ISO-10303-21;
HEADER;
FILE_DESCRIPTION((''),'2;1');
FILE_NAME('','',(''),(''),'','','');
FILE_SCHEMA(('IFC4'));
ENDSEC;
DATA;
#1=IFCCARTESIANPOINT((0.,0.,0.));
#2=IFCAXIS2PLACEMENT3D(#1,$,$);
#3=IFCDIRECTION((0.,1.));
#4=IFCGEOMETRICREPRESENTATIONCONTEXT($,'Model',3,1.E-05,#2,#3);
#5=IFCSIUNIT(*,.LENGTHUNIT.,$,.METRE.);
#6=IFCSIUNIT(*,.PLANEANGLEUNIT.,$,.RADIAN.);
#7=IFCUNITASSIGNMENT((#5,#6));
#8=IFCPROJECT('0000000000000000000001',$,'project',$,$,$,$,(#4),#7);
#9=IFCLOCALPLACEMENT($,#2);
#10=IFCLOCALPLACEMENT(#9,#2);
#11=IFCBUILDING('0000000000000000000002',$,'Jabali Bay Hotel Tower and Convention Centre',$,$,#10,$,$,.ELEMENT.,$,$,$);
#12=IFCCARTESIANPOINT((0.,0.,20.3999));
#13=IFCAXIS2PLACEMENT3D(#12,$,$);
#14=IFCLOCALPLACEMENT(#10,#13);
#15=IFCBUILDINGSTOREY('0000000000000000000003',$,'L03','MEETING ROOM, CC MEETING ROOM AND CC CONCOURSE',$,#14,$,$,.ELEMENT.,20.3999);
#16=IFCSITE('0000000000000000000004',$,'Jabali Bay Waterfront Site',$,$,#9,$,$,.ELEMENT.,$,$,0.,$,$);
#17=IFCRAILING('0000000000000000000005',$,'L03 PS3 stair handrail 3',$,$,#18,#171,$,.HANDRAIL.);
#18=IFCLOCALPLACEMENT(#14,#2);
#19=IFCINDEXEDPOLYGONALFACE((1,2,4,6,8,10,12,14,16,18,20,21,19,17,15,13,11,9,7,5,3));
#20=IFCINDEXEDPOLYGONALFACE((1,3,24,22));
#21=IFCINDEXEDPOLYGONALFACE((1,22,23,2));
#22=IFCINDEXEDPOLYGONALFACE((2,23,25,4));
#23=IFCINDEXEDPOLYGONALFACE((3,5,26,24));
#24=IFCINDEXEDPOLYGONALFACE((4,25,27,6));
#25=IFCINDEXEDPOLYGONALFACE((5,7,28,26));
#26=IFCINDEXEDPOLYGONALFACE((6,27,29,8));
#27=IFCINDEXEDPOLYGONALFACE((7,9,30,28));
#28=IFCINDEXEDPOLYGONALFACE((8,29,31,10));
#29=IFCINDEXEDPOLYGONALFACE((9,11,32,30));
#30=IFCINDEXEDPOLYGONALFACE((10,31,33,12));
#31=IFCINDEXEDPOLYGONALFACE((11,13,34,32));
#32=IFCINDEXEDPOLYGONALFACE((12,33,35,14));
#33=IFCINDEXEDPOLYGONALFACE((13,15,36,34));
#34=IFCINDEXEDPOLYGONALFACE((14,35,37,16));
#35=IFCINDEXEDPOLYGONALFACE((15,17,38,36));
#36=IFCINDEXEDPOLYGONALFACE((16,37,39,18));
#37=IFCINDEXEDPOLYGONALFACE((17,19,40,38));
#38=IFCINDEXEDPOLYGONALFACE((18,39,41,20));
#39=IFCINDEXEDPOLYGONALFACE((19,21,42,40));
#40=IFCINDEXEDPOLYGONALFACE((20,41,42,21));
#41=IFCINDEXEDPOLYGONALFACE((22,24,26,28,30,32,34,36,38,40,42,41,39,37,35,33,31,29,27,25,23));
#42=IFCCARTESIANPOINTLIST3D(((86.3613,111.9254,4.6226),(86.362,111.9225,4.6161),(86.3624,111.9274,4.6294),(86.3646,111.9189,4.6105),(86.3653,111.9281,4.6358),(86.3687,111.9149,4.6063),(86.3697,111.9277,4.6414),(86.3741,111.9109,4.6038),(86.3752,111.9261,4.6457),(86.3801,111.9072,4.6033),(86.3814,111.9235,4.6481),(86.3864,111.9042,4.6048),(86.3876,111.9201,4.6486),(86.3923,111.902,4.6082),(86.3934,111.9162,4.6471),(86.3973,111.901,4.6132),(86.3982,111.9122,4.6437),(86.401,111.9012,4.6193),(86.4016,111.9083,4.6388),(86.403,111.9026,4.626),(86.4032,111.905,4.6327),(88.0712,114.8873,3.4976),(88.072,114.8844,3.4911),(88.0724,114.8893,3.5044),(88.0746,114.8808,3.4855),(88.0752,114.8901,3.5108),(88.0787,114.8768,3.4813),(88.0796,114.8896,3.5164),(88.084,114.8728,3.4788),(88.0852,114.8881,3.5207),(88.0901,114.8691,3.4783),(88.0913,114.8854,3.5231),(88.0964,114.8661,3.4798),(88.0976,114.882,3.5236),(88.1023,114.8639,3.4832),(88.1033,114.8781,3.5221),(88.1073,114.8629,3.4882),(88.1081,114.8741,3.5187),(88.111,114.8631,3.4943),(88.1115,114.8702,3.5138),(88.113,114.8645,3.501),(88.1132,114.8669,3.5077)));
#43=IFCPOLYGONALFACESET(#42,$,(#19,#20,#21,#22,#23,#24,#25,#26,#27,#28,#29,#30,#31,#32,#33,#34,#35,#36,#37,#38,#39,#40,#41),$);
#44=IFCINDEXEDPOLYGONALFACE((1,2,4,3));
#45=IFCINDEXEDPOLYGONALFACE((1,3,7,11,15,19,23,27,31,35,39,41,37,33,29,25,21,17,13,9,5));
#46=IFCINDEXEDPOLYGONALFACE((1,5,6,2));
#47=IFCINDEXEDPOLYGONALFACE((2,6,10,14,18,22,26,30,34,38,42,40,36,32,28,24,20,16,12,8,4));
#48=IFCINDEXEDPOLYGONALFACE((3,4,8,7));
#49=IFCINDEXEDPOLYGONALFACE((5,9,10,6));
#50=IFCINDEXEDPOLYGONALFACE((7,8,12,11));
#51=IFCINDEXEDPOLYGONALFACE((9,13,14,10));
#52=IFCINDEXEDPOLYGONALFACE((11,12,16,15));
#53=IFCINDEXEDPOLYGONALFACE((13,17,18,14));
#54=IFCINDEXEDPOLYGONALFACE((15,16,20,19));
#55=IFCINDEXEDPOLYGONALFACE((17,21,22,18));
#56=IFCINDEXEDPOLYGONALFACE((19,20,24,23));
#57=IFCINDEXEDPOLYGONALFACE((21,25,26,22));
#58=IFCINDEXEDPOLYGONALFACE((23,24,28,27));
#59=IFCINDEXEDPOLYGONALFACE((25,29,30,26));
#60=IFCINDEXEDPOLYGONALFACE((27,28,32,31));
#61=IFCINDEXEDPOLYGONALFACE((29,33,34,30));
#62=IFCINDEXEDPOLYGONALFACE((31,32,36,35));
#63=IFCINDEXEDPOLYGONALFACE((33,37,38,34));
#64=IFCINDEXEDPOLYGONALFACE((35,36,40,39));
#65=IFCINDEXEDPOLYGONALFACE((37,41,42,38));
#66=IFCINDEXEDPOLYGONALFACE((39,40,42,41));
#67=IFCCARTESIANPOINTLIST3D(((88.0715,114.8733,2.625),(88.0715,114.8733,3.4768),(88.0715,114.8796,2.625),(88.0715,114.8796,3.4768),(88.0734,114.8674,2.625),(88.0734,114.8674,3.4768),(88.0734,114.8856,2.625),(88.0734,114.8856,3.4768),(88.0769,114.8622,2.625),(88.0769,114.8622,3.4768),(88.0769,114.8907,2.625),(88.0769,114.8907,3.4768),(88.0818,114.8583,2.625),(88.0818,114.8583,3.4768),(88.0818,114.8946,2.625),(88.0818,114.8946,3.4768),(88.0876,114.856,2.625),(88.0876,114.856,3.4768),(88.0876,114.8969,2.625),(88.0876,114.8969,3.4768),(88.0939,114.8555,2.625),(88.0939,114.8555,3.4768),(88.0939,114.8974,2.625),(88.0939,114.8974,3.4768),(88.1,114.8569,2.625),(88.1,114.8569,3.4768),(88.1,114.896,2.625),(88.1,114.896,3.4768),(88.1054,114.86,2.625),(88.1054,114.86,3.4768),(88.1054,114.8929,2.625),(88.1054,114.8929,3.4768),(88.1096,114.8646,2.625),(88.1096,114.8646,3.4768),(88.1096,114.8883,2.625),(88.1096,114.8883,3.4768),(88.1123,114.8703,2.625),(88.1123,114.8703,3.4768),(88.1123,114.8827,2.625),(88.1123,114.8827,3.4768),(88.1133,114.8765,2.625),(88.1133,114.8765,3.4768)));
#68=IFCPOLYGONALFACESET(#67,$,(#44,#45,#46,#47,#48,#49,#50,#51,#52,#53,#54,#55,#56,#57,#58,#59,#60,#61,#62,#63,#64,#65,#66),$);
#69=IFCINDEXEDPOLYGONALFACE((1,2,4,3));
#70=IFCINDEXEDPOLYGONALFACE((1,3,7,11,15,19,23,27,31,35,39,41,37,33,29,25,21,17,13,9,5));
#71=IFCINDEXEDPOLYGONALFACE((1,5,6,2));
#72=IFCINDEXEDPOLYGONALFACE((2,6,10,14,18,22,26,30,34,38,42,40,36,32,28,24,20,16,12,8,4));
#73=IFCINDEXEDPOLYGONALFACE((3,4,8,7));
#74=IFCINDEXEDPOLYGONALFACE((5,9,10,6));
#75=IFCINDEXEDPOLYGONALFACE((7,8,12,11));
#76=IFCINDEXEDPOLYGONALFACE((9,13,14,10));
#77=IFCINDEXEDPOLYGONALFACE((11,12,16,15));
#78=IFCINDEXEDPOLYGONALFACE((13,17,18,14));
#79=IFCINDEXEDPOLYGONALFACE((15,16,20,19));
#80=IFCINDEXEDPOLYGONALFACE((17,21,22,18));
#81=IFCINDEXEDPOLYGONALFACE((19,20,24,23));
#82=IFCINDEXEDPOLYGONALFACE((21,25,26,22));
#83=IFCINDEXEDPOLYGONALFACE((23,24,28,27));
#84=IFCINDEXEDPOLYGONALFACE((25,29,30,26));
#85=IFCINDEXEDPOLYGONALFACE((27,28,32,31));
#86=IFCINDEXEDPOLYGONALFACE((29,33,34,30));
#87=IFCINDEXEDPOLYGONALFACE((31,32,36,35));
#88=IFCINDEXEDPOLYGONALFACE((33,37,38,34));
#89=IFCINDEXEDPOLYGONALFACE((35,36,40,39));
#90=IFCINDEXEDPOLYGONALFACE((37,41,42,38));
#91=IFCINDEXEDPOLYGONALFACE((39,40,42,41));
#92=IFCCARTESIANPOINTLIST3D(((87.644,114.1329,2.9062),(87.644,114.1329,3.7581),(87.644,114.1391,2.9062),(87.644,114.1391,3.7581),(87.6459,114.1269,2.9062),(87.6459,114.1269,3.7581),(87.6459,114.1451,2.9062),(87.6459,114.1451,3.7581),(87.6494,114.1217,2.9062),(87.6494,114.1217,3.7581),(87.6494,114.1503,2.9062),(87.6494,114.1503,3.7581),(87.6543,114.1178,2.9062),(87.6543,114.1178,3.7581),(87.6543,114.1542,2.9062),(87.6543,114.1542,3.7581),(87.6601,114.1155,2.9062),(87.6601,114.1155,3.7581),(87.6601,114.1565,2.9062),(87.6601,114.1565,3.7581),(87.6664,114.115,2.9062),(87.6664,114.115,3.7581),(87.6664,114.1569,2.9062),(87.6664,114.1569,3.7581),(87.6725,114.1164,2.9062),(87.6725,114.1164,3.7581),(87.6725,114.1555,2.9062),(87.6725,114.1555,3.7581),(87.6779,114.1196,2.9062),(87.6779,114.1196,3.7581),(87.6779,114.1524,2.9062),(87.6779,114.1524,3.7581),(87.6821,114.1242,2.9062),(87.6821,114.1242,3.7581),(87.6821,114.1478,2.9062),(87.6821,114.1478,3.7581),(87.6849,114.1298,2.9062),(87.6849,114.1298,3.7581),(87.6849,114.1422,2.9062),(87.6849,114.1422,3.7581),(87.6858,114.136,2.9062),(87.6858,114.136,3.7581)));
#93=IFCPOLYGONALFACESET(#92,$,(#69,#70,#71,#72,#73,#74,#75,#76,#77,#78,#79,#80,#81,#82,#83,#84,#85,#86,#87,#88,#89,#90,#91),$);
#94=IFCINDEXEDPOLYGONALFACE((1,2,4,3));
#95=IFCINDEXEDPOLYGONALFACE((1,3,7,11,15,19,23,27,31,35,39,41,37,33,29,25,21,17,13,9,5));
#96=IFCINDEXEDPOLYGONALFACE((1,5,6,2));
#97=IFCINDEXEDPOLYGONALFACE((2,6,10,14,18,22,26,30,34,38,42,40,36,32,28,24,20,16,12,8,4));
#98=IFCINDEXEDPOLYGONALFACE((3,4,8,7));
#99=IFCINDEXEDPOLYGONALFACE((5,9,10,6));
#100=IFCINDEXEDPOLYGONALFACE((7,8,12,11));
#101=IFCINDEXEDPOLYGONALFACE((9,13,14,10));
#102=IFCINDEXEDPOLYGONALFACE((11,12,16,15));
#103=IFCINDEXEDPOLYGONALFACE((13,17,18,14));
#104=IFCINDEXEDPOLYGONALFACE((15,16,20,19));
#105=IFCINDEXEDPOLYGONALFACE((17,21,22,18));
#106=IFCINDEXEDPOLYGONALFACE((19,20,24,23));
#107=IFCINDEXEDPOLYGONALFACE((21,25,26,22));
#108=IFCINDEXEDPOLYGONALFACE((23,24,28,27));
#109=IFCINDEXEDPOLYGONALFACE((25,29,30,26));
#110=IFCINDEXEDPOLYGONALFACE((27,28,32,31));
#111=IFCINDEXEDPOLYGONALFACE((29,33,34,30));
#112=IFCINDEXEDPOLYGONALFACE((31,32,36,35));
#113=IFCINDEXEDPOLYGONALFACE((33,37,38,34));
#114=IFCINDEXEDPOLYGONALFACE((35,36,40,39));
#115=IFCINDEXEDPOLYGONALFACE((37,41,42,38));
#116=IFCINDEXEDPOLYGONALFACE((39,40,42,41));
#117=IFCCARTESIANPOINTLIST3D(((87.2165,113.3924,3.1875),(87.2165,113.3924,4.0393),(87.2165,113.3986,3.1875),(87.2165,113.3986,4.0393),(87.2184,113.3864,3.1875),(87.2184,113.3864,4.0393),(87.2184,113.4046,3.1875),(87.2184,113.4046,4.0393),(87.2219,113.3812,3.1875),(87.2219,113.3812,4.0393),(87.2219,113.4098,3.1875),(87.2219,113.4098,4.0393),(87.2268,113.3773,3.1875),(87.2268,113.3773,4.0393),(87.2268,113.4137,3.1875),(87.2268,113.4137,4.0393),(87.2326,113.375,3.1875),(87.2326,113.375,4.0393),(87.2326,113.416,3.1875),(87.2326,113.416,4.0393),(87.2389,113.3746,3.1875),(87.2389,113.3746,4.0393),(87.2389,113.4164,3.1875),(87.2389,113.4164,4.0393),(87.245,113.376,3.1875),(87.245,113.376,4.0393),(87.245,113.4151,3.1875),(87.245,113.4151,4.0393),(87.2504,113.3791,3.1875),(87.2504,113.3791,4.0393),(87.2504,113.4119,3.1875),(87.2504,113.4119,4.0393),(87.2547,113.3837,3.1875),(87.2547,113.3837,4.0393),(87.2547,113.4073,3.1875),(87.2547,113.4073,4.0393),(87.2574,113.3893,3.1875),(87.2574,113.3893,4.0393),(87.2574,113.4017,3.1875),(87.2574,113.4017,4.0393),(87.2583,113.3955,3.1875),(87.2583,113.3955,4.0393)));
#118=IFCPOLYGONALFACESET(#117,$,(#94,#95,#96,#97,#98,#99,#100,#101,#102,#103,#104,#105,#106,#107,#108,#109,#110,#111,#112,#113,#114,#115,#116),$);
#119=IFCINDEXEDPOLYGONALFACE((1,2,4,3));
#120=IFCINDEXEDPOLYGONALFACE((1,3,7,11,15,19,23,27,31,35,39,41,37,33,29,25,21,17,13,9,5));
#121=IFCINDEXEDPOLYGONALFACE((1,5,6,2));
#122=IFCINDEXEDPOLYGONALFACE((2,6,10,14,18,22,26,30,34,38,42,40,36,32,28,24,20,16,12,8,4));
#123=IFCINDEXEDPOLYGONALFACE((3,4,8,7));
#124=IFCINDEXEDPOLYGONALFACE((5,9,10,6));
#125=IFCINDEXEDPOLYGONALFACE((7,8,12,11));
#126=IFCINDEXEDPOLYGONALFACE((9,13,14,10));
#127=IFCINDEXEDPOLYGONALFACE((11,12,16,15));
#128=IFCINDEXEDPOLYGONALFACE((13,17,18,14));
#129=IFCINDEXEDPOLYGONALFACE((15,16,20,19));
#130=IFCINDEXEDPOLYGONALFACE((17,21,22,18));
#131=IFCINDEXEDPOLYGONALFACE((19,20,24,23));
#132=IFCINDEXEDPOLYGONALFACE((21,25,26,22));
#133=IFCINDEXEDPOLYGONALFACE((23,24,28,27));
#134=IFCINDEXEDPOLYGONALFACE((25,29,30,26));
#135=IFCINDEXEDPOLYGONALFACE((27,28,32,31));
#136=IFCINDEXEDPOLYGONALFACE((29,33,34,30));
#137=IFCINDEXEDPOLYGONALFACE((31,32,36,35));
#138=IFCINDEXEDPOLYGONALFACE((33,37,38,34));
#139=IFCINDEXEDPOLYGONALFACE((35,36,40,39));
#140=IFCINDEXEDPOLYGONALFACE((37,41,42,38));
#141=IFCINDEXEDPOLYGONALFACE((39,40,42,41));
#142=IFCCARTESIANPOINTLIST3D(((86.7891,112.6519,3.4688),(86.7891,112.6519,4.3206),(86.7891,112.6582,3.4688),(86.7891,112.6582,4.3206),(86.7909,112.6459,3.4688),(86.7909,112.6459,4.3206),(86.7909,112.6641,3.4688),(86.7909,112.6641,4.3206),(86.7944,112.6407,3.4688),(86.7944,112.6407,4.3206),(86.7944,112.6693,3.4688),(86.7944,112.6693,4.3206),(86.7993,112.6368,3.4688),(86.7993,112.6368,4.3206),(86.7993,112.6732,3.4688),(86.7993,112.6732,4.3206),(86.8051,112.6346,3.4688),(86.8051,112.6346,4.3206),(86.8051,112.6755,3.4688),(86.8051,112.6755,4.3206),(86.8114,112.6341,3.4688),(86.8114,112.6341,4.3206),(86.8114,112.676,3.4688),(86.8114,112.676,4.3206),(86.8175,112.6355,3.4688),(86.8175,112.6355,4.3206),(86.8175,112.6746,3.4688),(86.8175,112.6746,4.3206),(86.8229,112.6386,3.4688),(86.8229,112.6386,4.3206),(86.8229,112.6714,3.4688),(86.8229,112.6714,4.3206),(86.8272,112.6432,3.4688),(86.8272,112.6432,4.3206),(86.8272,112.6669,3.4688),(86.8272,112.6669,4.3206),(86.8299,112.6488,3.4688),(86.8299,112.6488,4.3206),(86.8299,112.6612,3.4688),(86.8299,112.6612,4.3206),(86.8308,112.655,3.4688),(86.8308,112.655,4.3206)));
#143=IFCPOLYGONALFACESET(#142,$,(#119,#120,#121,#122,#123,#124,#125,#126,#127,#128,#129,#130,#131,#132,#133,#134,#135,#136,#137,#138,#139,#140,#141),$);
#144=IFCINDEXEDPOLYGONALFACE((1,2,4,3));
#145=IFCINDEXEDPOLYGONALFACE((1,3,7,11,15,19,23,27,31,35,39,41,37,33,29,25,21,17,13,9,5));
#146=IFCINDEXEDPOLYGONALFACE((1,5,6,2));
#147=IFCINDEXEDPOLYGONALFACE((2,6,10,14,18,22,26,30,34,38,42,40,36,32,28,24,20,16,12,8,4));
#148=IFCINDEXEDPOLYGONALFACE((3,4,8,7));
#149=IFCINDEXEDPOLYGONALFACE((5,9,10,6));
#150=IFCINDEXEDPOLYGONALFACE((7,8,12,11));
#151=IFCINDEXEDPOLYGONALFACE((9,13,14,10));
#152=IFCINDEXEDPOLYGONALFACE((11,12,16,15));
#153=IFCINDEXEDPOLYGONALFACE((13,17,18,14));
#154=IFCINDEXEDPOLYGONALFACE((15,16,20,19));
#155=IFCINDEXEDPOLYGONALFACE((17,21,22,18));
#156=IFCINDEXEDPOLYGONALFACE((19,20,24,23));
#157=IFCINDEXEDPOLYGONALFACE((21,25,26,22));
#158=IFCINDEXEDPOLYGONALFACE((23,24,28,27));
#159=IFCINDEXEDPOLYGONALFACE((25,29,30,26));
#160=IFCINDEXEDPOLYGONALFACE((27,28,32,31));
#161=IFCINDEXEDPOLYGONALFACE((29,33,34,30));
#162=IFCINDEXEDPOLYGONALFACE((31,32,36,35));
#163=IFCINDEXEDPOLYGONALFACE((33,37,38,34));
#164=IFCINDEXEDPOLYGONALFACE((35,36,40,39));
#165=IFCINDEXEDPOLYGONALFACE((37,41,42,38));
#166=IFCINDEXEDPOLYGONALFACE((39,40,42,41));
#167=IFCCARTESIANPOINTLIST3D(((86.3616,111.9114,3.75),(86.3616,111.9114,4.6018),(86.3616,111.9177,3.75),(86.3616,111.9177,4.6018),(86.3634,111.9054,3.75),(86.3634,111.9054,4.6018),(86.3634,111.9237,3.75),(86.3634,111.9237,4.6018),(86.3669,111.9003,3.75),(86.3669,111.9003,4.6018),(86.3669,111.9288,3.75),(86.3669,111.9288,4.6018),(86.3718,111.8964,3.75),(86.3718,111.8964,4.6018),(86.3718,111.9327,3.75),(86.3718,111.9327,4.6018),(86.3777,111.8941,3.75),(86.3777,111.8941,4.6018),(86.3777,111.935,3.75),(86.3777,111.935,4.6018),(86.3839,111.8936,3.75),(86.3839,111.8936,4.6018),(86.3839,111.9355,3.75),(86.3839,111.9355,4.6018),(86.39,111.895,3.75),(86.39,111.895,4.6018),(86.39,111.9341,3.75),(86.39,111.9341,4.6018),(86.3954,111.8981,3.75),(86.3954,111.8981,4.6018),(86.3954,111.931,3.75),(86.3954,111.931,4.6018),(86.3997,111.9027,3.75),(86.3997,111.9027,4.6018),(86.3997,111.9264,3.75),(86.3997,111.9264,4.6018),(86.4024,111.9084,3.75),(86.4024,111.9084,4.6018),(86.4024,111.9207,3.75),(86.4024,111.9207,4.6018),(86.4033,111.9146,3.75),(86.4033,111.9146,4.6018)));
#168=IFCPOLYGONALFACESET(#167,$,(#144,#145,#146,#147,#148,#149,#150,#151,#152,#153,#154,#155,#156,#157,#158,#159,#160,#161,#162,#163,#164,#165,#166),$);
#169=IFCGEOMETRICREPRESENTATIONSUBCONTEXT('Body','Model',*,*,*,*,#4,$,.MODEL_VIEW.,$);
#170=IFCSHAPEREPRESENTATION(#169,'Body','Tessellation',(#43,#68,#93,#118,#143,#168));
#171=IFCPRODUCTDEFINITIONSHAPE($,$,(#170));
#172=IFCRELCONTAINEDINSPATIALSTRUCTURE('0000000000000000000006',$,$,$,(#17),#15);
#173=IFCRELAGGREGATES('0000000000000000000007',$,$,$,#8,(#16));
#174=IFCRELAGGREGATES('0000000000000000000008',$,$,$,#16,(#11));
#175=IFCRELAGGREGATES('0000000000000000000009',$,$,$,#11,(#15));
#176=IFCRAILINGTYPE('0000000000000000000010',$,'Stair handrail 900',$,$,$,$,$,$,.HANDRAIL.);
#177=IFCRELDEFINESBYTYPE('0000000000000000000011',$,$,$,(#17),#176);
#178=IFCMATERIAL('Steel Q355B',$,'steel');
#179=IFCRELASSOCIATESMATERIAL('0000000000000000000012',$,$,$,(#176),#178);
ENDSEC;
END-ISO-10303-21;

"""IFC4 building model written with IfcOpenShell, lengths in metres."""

from ifc_helpers import new_model, si_unit, direction, frame, origin, origin_2d, place, context, subcontext, project, spatial, circle, extrude, material, type_object, element, save


model = new_model("IFC4")

# Units and contexts
model_context = context("Model", 3, precision=1e-05, world=origin(), true_north=direction((0.0, 1.0)))
body_context = subcontext(model_context, "Body", "Model", "MODEL_VIEW")
ifc_project = project(units=[si_unit("LENGTHUNIT", "METRE"), si_unit("PLANEANGLEUNIT", "RADIAN")], contexts=[model_context])

# Site, building, storey
site_placement = place(None, origin())
site = spatial("IfcSite", under=ifc_project, at=site_placement, Name="Jabali Bay Waterfront Site", CompositionType="ELEMENT", RefElevation=0.0)
building_placement = place(site_placement, origin())
building = spatial("IfcBuilding", under=site, at=building_placement, Name="Jabali Bay Hotel Tower and Convention Centre", CompositionType="ELEMENT")
storey_placement = place(building_placement, frame((0.0, 0.0, 20.3999)))
storey = spatial("IfcBuildingStorey", under=building, at=storey_placement, Name="L03", Description="MEETING ROOM, CC MEETING ROOM AND CC CONCOURSE", CompositionType="ELEMENT", Elevation=20.3999)

# Railing
ifc_material_1 = material(Name="Steel Q355B", Category="steel")
railing_type_1 = type_object("IfcRailingType", Name="Stair handrail 900", PredefinedType="HANDRAIL", material=ifc_material_1)
for number, where, name in (
    (1, (88.0923, 114.8765, 2.625), "L03 PS3 stair handrail 3"),
):
    element("IfcRailing", number, at=place(storey_placement, frame(where)), inside=storey, type_object=railing_type_1, Name=name, PredefinedType="HANDRAIL", context=body_context, shape_type="SweptSolid", body=[
        extrude(circle(Radius=0.0239, at=origin_2d()), frame((0.0, 0.0, 0.876), z_axis=(-0.474943, -0.822674, 0.31247), x_axis=(0.866038, -0.499978, 0.0)), (0.0, 0.0, 1.0), 3.6003),
        extrude(circle(Radius=0.021, at=origin_2d()), origin(), (0.0, 0.0, 1.0), 0.8518),
        extrude(circle(Radius=0.021, at=origin_2d()), frame((-0.4275, -0.7405, 0.2812)), (0.0, 0.0, 1.0), 0.8518),
        extrude(circle(Radius=0.021, at=origin_2d()), frame((-0.855, -1.481, 0.5625)), (0.0, 0.0, 1.0), 0.8518),
        extrude(circle(Radius=0.021, at=origin_2d()), frame((-1.2825, -2.2214, 0.8438)), (0.0, 0.0, 1.0), 0.8518),
        extrude(circle(Radius=0.021, at=origin_2d()), frame((-1.71, -2.9619, 1.125)), (0.0, 0.0, 1.0), 0.8518),
    ])

save(model, "model.ifc")
